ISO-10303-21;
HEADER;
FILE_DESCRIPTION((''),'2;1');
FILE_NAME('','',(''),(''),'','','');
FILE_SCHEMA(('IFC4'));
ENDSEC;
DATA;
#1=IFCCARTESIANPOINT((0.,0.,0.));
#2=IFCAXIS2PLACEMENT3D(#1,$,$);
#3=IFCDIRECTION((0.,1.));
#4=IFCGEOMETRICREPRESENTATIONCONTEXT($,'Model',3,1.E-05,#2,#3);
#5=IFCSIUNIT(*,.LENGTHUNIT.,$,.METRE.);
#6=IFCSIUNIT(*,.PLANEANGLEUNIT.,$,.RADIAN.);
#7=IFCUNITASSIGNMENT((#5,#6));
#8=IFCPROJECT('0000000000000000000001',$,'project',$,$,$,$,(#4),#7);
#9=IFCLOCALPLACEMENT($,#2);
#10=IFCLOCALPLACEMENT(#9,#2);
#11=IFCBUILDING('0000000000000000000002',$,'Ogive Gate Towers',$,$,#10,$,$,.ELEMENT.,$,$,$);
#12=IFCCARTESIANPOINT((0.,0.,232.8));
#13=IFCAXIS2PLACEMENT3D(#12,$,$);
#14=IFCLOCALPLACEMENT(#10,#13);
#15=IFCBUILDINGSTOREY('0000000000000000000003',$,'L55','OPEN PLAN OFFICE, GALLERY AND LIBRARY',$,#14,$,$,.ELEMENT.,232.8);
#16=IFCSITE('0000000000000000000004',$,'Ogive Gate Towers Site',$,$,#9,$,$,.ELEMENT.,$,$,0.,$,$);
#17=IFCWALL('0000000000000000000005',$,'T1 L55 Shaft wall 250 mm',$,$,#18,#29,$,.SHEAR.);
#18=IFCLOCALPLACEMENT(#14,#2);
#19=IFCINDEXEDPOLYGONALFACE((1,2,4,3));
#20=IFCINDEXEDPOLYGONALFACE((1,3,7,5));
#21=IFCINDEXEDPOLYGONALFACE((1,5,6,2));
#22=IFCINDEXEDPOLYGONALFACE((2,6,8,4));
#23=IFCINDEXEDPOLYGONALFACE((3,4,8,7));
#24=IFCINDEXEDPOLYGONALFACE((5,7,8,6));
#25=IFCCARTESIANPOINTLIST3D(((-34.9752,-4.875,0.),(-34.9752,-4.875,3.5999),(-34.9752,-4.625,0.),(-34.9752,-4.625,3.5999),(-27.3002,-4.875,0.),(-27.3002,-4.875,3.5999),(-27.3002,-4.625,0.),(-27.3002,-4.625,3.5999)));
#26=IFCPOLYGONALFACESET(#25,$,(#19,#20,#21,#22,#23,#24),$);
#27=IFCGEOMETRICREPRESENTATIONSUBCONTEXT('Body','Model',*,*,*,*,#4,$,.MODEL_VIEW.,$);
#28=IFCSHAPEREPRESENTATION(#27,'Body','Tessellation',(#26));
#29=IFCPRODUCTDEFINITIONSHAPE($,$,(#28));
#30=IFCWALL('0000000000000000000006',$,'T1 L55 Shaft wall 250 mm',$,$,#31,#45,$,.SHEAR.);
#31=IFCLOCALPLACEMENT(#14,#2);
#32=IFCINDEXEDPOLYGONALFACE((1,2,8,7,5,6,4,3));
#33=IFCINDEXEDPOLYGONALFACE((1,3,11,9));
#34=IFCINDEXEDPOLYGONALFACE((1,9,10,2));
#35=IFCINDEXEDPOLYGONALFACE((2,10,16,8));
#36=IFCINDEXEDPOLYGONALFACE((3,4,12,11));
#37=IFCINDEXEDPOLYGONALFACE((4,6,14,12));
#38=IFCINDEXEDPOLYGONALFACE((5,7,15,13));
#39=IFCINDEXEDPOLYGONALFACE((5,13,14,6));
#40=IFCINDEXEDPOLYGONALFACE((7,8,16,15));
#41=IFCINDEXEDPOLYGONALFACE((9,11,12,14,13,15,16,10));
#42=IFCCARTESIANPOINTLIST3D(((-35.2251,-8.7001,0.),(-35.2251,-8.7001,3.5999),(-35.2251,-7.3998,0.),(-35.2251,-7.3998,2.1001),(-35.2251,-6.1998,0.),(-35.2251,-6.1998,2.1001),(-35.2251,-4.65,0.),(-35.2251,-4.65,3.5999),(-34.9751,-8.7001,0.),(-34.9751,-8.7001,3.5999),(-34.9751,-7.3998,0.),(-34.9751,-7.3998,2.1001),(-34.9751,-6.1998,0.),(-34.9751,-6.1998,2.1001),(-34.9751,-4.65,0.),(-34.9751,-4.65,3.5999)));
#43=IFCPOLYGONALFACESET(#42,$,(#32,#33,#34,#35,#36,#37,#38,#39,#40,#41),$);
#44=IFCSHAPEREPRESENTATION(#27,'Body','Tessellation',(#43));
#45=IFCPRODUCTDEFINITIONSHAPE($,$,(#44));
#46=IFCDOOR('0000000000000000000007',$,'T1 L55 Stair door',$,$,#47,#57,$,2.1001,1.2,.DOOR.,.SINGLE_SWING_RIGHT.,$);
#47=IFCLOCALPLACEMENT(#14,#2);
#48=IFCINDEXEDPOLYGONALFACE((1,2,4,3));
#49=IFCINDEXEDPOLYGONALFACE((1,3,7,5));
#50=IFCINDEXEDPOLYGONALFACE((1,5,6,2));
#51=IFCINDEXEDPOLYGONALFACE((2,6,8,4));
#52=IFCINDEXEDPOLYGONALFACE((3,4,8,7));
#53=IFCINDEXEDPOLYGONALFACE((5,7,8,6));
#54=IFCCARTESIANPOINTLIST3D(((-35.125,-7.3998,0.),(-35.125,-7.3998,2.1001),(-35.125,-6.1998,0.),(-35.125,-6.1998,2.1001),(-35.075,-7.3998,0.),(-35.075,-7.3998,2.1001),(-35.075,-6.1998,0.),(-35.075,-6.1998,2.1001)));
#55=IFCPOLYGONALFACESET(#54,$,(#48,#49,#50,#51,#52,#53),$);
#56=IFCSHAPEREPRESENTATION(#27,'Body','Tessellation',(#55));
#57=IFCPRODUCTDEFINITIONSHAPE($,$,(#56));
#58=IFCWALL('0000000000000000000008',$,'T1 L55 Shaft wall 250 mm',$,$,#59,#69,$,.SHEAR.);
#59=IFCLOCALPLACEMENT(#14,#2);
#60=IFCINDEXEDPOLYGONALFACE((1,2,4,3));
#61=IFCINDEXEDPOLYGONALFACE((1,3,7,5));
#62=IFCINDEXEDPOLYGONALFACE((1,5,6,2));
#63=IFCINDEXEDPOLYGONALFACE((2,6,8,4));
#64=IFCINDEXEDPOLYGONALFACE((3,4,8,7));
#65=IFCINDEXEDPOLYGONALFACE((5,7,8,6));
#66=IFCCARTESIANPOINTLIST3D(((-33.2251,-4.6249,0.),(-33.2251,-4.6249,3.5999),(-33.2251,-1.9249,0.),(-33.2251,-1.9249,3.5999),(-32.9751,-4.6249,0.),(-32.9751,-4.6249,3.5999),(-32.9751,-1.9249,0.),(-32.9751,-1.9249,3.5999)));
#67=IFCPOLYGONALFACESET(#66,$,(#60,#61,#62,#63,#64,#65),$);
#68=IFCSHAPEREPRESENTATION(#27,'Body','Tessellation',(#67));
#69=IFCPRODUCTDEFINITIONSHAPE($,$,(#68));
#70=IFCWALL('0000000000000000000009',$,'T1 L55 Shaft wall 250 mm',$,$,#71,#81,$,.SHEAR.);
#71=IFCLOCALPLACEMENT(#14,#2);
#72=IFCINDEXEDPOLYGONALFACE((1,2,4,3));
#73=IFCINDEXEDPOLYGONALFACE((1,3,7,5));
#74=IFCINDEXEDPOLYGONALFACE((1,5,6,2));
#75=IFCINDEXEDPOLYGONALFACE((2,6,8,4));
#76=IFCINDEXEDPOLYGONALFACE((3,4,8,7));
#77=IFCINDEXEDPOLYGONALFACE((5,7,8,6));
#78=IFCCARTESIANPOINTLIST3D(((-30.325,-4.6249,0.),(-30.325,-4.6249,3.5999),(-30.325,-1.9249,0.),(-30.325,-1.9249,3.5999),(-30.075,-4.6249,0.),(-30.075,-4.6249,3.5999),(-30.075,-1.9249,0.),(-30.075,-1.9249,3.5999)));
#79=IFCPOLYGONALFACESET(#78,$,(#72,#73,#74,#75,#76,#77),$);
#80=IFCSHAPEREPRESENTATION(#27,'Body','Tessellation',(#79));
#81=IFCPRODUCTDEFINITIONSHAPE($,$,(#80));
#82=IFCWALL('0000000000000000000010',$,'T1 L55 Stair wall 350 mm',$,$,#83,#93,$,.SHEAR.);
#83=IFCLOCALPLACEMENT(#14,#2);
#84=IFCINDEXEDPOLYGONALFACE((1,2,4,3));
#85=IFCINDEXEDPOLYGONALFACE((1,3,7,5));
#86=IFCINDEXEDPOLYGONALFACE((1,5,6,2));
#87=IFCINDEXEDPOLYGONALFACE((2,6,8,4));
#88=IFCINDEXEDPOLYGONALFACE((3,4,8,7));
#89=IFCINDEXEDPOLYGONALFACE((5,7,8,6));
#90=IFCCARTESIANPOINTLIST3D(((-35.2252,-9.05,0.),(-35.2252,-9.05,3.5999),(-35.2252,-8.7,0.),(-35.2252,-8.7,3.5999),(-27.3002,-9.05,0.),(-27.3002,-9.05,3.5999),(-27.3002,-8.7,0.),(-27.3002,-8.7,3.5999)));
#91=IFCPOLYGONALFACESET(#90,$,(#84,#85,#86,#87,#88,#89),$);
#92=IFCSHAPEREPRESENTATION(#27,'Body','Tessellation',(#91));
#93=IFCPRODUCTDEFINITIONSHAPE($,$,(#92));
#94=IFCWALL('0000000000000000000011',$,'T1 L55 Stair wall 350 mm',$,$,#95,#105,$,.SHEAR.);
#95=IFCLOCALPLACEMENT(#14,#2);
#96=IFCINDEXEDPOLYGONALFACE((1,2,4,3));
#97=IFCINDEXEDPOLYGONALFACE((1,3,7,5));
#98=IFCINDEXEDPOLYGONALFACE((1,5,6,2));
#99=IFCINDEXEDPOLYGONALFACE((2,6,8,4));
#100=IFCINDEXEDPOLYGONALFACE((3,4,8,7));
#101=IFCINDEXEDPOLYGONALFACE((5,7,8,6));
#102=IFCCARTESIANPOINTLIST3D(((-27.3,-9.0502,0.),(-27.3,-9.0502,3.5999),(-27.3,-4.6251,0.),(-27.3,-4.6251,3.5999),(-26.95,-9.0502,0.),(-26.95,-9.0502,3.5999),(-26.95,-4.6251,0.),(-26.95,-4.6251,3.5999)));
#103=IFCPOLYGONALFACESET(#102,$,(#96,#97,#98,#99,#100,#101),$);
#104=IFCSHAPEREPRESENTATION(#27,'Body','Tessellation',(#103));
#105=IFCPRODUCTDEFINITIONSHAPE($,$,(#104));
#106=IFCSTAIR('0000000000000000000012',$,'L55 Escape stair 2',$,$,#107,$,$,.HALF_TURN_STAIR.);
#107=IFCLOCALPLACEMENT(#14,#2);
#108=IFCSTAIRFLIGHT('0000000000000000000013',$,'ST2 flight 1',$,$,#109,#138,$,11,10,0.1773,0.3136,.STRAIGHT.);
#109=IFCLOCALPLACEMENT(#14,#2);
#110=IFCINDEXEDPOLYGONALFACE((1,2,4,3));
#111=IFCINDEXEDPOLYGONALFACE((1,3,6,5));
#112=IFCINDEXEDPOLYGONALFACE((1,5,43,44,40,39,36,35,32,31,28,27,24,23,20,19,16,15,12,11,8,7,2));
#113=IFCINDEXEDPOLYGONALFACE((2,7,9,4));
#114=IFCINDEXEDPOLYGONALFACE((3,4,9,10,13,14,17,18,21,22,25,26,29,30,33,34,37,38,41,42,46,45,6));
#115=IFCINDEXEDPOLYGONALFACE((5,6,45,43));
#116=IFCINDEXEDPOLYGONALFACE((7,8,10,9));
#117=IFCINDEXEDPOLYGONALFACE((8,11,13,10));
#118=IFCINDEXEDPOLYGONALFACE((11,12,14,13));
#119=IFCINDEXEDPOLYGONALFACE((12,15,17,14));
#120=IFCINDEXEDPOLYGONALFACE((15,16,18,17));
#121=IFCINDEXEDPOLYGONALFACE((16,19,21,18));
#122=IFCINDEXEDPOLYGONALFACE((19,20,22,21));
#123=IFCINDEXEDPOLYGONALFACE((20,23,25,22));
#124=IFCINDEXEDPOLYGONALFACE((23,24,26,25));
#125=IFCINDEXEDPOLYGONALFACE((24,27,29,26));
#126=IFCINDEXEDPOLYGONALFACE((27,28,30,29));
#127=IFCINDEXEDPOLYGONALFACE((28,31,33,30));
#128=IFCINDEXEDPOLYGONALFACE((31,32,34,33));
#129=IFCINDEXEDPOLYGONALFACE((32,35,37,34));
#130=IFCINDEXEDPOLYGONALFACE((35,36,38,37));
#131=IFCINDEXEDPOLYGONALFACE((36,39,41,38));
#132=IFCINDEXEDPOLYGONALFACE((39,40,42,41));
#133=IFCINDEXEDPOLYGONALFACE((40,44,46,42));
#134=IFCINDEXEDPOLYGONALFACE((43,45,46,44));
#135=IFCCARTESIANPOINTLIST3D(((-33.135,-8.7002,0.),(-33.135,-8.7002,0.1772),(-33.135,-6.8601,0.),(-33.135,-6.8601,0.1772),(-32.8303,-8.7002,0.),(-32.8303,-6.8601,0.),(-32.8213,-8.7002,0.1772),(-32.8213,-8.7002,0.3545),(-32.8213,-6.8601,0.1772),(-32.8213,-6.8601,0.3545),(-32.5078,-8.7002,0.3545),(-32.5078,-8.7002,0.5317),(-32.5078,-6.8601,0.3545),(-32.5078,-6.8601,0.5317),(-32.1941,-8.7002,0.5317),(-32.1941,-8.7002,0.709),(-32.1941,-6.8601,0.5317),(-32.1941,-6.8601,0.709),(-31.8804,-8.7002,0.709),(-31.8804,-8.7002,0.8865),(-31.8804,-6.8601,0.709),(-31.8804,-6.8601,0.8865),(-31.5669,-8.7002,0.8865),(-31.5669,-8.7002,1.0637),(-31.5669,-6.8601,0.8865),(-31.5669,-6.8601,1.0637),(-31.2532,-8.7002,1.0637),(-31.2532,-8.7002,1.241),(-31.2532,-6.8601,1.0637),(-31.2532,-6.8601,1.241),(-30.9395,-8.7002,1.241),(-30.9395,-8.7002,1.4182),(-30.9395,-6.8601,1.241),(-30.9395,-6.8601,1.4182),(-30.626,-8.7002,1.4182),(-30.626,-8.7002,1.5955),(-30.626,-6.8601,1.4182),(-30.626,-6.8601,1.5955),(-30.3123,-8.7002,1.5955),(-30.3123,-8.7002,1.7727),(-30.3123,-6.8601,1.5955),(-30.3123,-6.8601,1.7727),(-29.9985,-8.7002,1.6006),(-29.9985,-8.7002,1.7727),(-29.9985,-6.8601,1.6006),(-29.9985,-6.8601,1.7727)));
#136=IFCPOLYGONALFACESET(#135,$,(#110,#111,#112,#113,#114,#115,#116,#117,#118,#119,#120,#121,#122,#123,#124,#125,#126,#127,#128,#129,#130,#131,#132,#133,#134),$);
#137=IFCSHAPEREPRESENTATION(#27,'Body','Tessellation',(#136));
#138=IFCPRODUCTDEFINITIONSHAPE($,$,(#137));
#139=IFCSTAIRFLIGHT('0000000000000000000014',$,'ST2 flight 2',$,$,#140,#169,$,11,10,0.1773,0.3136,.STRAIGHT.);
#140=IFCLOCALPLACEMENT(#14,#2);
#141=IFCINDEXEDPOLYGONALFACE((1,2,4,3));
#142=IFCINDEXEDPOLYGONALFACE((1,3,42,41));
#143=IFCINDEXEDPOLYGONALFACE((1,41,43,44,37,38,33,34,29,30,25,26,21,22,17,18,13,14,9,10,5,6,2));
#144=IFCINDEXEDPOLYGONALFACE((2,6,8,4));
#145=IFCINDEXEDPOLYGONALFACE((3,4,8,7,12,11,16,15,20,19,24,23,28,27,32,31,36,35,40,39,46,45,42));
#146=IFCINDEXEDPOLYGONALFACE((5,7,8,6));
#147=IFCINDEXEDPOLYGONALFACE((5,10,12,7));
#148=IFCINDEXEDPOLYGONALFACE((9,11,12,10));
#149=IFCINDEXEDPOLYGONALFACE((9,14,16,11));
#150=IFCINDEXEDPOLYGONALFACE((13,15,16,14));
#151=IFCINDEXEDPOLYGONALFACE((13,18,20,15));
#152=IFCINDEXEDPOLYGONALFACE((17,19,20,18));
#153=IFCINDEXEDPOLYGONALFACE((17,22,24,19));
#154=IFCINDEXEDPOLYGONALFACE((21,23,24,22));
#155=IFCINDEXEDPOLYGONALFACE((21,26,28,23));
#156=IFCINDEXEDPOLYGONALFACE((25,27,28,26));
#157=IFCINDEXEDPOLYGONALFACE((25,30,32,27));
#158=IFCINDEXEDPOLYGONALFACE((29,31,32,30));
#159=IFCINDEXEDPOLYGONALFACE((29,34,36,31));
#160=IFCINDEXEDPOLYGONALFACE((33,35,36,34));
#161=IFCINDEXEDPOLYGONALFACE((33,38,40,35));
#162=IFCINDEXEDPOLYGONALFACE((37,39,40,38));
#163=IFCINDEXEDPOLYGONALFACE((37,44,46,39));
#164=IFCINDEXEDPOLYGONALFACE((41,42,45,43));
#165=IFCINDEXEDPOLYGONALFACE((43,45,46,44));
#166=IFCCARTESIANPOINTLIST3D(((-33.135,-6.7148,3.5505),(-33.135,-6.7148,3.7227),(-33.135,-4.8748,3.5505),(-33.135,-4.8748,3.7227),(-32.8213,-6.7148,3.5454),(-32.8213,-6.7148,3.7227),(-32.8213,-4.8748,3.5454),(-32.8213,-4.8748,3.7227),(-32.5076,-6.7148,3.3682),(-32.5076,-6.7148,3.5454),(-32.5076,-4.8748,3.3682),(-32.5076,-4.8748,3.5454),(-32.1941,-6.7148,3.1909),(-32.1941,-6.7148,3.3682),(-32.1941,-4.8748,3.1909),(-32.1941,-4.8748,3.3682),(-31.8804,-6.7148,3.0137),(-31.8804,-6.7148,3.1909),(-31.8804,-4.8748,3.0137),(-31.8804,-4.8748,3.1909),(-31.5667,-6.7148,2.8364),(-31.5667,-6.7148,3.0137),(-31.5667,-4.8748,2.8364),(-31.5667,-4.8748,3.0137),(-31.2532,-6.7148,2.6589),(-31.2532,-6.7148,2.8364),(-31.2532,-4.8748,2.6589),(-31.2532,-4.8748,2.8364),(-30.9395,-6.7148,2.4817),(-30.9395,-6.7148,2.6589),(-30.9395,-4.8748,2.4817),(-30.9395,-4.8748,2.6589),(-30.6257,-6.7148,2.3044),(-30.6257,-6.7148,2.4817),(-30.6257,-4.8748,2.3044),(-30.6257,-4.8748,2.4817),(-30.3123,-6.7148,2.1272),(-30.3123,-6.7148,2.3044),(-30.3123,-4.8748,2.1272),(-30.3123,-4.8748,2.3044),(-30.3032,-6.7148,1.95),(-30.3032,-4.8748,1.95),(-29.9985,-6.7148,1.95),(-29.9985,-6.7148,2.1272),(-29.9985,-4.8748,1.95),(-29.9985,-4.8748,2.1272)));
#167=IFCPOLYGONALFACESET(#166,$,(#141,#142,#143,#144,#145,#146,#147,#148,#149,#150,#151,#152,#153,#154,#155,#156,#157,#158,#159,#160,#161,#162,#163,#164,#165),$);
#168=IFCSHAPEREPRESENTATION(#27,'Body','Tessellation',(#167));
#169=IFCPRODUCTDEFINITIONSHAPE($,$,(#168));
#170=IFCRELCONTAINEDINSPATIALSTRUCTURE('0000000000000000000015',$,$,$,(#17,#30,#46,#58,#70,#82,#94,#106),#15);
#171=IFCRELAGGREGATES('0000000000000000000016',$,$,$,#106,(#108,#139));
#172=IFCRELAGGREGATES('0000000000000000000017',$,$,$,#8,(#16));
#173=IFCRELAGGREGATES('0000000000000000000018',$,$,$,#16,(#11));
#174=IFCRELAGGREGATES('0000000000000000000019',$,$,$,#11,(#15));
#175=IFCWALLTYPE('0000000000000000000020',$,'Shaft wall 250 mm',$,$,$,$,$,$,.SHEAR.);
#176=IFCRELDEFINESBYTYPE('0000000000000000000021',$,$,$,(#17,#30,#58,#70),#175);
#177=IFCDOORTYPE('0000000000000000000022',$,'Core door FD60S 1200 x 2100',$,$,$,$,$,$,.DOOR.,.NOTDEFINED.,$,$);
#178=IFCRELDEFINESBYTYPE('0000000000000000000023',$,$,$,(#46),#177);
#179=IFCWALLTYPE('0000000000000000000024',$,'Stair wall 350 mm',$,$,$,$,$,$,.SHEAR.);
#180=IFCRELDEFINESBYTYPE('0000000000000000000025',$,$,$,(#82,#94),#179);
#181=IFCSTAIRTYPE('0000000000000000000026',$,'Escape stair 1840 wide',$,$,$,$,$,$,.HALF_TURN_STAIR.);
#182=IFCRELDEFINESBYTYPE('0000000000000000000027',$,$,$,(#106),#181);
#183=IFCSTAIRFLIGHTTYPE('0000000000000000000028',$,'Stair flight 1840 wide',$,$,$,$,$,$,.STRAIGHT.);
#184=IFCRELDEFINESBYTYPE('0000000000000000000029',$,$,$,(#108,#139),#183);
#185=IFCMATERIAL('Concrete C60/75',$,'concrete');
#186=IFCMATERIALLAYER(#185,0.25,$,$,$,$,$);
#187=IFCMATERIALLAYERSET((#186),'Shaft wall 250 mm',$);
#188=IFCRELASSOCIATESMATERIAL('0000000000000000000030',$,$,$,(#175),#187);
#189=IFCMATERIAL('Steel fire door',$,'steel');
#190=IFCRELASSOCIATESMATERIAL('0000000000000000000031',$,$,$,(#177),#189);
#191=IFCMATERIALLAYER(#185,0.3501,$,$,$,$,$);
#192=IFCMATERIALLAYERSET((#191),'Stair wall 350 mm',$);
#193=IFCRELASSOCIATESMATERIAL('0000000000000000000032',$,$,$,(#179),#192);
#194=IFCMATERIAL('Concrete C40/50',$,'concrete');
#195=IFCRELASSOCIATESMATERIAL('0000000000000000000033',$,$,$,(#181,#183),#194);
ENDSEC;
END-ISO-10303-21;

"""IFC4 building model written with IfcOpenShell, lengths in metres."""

from ifc_helpers import new_model, si_unit, direction, frame, frame_2d, origin, place, context, subcontext, project, spatial, polyline, rectangle, outline, extrude, material, layer, layer_set, type_object, element, fill, aggregate, save


model = new_model("IFC4")

# Units and contexts
model_context = context("Model", 3, precision=1e-05, world=origin(), true_north=direction((0.0, 1.0)))
body_context = subcontext(model_context, "Body", "Model", "MODEL_VIEW")
ifc_project = project(units=[si_unit("LENGTHUNIT", "METRE"), si_unit("PLANEANGLEUNIT", "RADIAN")], contexts=[model_context])

# Site, building, storey
site_placement = place(None, origin())
site = spatial("IfcSite", under=ifc_project, at=site_placement, Name="Ogive Gate Towers Site", CompositionType="ELEMENT", RefElevation=0.0)
building_placement = place(site_placement, origin())
building = spatial("IfcBuilding", under=site, at=building_placement, Name="Ogive Gate Towers", CompositionType="ELEMENT")
storey_placement = place(building_placement, frame((0.0, 0.0, 232.8)))
storey = spatial("IfcBuildingStorey", under=building, at=storey_placement, Name="L55", Description="OPEN PLAN OFFICE, GALLERY AND LIBRARY", CompositionType="ELEMENT", Elevation=232.8)

# Shared definitions
ifc_material_1 = material(Name="Concrete C60/75", Category="concrete")
ifc_material_2 = material(Name="Steel fire door", Category="steel")

# Wall
ifc_layer_1 = layer(ifc_material_1, 0.25)
ifc_layer_set_1 = layer_set([ifc_layer_1], Name="Shaft wall 250 mm")
wall_type_1 = type_object("IfcWallType", Name="Shaft wall 250 mm", PredefinedType="SHEAR", material=ifc_layer_set_1)
wall_1_placement = place(storey_placement, frame((-34.9751, -4.75, 0.0), z_axis=(0.0, 0.0, 1.0), x_axis=(1.0, 0.0, 0.0)))
element("IfcWall", 1, at=wall_1_placement, inside=storey, type_object=wall_type_1, Name="T1 L55 Shaft wall 250 mm", PredefinedType="SHEAR", context=body_context, shape_type="SweptSolid", body=[
    extrude(rectangle(XDim=7.675, YDim=0.25, at=frame_2d((3.8374, 0.0))), origin(), (0.0, 0.0, 1.0), 3.5999),
])

# Wall, opening, door
wall_2_placement = place(storey_placement, frame((-35.1001, -8.7, 0.0), z_axis=(0.0, 0.0, 1.0), x_axis=(0.0, 1.0, 0.0)))
wall_2 = element("IfcWall", 2, at=wall_2_placement, inside=storey, type_object=wall_type_1, Name="T1 L55 Shaft wall 250 mm", PredefinedType="SHEAR", context=body_context, shape_type="SweptSolid", body=[
    extrude(rectangle(XDim=4.05, YDim=0.25, at=frame_2d((2.0249, 0.0))), origin(), (0.0, 0.0, 1.0), 3.5999),
])
opening_1_placement = place(wall_2_placement, frame((1.3, 0.0, 0.0)))
opening_1 = element("IfcOpeningElement", 3, at=opening_1_placement, cuts=wall_2, PredefinedType="OPENING", context=body_context, shape_type="SweptSolid", body=[
    extrude(rectangle(XDim=1.2, YDim=2.1001, at=frame_2d((0.6001, 1.05))), frame((0.0, 0.135, 0.0), z_axis=(0.0, -1.0, 0.0), x_axis=(1.0, 0.0, 0.0)), (0.0, 0.0, 1.0), 0.27),
])
door_type_1 = type_object("IfcDoorType", Name="Core door FD60S 1200 x 2100", OperationType="NOTDEFINED", PredefinedType="DOOR", material=ifc_material_2)
door_1_placement = place(opening_1_placement, origin())
door_1 = element("IfcDoor", 4, at=door_1_placement, inside=storey, type_object=door_type_1, Name="T1 L55 Stair door", OperationType="SINGLE_SWING_RIGHT", OverallHeight=2.1001, OverallWidth=1.2, PredefinedType="DOOR", context=body_context, shape_type="SweptSolid", body=[
    extrude(rectangle(XDim=1.2, YDim=2.1001, at=frame_2d((0.6001, 1.05))), frame((0.0, 0.0249, 0.0), z_axis=(0.0, -1.0, 0.0), x_axis=(1.0, 0.0, 0.0)), (0.0, 0.0, 1.0), 0.05),
])
fill(opening_1, door_1)

# Walls
for number, where, z_axis, x_axis, name in (
    (5, (-33.1001, -4.625, 0.0), (0.0, 0.0, 1.0), (0.0, 1.0, 0.0), "T1 L55 Shaft wall 250 mm"),
    (6, (-30.2, -4.625, 0.0), (0.0, 0.0, 1.0), (0.0, 1.0, 0.0), "T1 L55 Shaft wall 250 mm"),
):
    element("IfcWall", number, at=place(storey_placement, frame(where, z_axis=z_axis, x_axis=x_axis)), inside=storey, type_object=wall_type_1, Name=name, PredefinedType="SHEAR", context=body_context, shape_type="SweptSolid", body=[
        extrude(rectangle(XDim=2.7, YDim=0.25, at=frame_2d((1.3501, 0.0))), origin(), (0.0, 0.0, 1.0), 3.5999),
    ])
ifc_layer_2 = layer(ifc_material_1, 0.3501)
ifc_layer_set_2 = layer_set([ifc_layer_2], Name="Stair wall 350 mm")
wall_type_2 = type_object("IfcWallType", Name="Stair wall 350 mm", PredefinedType="SHEAR", material=ifc_layer_set_2)
wall_3_placement = place(storey_placement, frame((-35.2251, -8.875, 0.0), z_axis=(0.0, 0.0, 1.0), x_axis=(1.0, 0.0, 0.0)))
element("IfcWall", 7, at=wall_3_placement, inside=storey, type_object=wall_type_2, Name="T1 L55 Stair wall 350 mm", PredefinedType="SHEAR", context=body_context, shape_type="SweptSolid", body=[
    extrude(rectangle(XDim=7.925, YDim=0.3501, at=frame_2d((3.9624, 0.0))), origin(), (0.0, 0.0, 1.0), 3.5999),
])
wall_4_placement = place(storey_placement, frame((-27.125, -9.05, 0.0), z_axis=(0.0, 0.0, 1.0), x_axis=(0.0, 1.0, 0.0)))
element("IfcWall", 8, at=wall_4_placement, inside=storey, type_object=wall_type_2, Name="T1 L55 Stair wall 350 mm", PredefinedType="SHEAR", context=body_context, shape_type="SweptSolid", body=[
    extrude(rectangle(XDim=4.425, YDim=0.3501, at=frame_2d((2.2124, 0.0))), origin(), (0.0, 0.0, 1.0), 3.5999),
])

# Stair, stair flights
ifc_material_3 = material(Name="Concrete C40/50", Category="concrete")
stair_type = type_object("IfcStairType", Name="Escape stair 1840 wide", PredefinedType="HALF_TURN_STAIR", material=ifc_material_3)
stair_placement = place(storey_placement, origin())
stair = element("IfcStair", 9, at=stair_placement, inside=storey, type_object=stair_type, Name="L55 Escape stair 2", PredefinedType="HALF_TURN_STAIR")
stair_flight_type = type_object("IfcStairFlightType", Name="Stair flight 1840 wide", PredefinedType="STRAIGHT", material=ifc_material_3)
stair_flight_1_placement = place(storey_placement, frame((-33.135, -7.78, 0.0), z_axis=(0.0, 0.0, 1.0), x_axis=(1.0, 0.0, 0.0)))
stair_flight_1 = element("IfcStairFlight", 10, at=stair_flight_1_placement, type_object=stair_flight_type, Name="ST2 flight 1", NumberOfRisers=11, NumberOfTreads=10, PredefinedType="STRAIGHT", RiserHeight=0.1773, TreadLength=0.3136, context=body_context, shape_type="SweptSolid", body=[
    extrude(outline(polyline([(0.0, 0.0), (0.0, 0.1772), (0.3137, 0.1772), (0.3137, 0.3545), (0.6272, 0.3545), (0.6272, 0.5317), (0.9409, 0.5317), (0.9409, 0.709), (1.2546, 0.709), (1.2546, 0.8865), (1.5681, 0.8865), (1.5681, 1.0637), (1.8818, 1.0637), (1.8818, 1.241), (2.1956, 1.241), (2.1956, 1.4182), (2.509, 1.4182), (2.509, 1.5955), (2.8228, 1.5955), (2.8228, 1.7727), (3.1365, 1.7727), (3.1365, 1.95), (3.1365, 1.6006), (0.3047, 0.0), (0.0, 0.0)])), frame((0.0, 0.9199, 0.0), z_axis=(0.0, -1.0, 0.0), x_axis=(1.0, 0.0, 0.0)), (0.0, 0.0, 1.0), 1.8401),
])
stair_flight_2_placement = place(storey_placement, frame((-29.9985, -5.7949, 1.95), z_axis=(0.0, 0.0, 1.0), x_axis=(-1.0, 0.0, 0.0)))
stair_flight_2 = element("IfcStairFlight", 11, at=stair_flight_2_placement, type_object=stair_flight_type, Name="ST2 flight 2", NumberOfRisers=11, NumberOfTreads=10, PredefinedType="STRAIGHT", RiserHeight=0.1773, TreadLength=0.3136, context=body_context, shape_type="SweptSolid", body=[
    extrude(outline(polyline([(0.0, 0.0), (0.0, 0.1772), (0.3137, 0.1772), (0.3137, 0.3545), (0.6272, 0.3545), (0.6272, 0.5317), (0.9409, 0.5317), (0.9409, 0.709), (1.2546, 0.709), (1.2546, 0.8865), (1.5681, 0.8865), (1.5681, 1.0637), (1.8818, 1.0637), (1.8818, 1.241), (2.1956, 1.241), (2.1956, 1.4182), (2.509, 1.4182), (2.509, 1.5955), (2.8228, 1.5955), (2.8228, 1.7727), (3.1365, 1.7727), (3.1365, 1.95), (3.1365, 1.6006), (0.3047, 0.0), (0.0, 0.0)])), frame((0.0, 0.9199, 0.0), z_axis=(0.0, -1.0, 0.0), x_axis=(1.0, 0.0, 0.0)), (0.0, 0.0, 1.0), 1.8401),
])
aggregate(stair, [stair_flight_1, stair_flight_2])

save(model, "model.ifc")
